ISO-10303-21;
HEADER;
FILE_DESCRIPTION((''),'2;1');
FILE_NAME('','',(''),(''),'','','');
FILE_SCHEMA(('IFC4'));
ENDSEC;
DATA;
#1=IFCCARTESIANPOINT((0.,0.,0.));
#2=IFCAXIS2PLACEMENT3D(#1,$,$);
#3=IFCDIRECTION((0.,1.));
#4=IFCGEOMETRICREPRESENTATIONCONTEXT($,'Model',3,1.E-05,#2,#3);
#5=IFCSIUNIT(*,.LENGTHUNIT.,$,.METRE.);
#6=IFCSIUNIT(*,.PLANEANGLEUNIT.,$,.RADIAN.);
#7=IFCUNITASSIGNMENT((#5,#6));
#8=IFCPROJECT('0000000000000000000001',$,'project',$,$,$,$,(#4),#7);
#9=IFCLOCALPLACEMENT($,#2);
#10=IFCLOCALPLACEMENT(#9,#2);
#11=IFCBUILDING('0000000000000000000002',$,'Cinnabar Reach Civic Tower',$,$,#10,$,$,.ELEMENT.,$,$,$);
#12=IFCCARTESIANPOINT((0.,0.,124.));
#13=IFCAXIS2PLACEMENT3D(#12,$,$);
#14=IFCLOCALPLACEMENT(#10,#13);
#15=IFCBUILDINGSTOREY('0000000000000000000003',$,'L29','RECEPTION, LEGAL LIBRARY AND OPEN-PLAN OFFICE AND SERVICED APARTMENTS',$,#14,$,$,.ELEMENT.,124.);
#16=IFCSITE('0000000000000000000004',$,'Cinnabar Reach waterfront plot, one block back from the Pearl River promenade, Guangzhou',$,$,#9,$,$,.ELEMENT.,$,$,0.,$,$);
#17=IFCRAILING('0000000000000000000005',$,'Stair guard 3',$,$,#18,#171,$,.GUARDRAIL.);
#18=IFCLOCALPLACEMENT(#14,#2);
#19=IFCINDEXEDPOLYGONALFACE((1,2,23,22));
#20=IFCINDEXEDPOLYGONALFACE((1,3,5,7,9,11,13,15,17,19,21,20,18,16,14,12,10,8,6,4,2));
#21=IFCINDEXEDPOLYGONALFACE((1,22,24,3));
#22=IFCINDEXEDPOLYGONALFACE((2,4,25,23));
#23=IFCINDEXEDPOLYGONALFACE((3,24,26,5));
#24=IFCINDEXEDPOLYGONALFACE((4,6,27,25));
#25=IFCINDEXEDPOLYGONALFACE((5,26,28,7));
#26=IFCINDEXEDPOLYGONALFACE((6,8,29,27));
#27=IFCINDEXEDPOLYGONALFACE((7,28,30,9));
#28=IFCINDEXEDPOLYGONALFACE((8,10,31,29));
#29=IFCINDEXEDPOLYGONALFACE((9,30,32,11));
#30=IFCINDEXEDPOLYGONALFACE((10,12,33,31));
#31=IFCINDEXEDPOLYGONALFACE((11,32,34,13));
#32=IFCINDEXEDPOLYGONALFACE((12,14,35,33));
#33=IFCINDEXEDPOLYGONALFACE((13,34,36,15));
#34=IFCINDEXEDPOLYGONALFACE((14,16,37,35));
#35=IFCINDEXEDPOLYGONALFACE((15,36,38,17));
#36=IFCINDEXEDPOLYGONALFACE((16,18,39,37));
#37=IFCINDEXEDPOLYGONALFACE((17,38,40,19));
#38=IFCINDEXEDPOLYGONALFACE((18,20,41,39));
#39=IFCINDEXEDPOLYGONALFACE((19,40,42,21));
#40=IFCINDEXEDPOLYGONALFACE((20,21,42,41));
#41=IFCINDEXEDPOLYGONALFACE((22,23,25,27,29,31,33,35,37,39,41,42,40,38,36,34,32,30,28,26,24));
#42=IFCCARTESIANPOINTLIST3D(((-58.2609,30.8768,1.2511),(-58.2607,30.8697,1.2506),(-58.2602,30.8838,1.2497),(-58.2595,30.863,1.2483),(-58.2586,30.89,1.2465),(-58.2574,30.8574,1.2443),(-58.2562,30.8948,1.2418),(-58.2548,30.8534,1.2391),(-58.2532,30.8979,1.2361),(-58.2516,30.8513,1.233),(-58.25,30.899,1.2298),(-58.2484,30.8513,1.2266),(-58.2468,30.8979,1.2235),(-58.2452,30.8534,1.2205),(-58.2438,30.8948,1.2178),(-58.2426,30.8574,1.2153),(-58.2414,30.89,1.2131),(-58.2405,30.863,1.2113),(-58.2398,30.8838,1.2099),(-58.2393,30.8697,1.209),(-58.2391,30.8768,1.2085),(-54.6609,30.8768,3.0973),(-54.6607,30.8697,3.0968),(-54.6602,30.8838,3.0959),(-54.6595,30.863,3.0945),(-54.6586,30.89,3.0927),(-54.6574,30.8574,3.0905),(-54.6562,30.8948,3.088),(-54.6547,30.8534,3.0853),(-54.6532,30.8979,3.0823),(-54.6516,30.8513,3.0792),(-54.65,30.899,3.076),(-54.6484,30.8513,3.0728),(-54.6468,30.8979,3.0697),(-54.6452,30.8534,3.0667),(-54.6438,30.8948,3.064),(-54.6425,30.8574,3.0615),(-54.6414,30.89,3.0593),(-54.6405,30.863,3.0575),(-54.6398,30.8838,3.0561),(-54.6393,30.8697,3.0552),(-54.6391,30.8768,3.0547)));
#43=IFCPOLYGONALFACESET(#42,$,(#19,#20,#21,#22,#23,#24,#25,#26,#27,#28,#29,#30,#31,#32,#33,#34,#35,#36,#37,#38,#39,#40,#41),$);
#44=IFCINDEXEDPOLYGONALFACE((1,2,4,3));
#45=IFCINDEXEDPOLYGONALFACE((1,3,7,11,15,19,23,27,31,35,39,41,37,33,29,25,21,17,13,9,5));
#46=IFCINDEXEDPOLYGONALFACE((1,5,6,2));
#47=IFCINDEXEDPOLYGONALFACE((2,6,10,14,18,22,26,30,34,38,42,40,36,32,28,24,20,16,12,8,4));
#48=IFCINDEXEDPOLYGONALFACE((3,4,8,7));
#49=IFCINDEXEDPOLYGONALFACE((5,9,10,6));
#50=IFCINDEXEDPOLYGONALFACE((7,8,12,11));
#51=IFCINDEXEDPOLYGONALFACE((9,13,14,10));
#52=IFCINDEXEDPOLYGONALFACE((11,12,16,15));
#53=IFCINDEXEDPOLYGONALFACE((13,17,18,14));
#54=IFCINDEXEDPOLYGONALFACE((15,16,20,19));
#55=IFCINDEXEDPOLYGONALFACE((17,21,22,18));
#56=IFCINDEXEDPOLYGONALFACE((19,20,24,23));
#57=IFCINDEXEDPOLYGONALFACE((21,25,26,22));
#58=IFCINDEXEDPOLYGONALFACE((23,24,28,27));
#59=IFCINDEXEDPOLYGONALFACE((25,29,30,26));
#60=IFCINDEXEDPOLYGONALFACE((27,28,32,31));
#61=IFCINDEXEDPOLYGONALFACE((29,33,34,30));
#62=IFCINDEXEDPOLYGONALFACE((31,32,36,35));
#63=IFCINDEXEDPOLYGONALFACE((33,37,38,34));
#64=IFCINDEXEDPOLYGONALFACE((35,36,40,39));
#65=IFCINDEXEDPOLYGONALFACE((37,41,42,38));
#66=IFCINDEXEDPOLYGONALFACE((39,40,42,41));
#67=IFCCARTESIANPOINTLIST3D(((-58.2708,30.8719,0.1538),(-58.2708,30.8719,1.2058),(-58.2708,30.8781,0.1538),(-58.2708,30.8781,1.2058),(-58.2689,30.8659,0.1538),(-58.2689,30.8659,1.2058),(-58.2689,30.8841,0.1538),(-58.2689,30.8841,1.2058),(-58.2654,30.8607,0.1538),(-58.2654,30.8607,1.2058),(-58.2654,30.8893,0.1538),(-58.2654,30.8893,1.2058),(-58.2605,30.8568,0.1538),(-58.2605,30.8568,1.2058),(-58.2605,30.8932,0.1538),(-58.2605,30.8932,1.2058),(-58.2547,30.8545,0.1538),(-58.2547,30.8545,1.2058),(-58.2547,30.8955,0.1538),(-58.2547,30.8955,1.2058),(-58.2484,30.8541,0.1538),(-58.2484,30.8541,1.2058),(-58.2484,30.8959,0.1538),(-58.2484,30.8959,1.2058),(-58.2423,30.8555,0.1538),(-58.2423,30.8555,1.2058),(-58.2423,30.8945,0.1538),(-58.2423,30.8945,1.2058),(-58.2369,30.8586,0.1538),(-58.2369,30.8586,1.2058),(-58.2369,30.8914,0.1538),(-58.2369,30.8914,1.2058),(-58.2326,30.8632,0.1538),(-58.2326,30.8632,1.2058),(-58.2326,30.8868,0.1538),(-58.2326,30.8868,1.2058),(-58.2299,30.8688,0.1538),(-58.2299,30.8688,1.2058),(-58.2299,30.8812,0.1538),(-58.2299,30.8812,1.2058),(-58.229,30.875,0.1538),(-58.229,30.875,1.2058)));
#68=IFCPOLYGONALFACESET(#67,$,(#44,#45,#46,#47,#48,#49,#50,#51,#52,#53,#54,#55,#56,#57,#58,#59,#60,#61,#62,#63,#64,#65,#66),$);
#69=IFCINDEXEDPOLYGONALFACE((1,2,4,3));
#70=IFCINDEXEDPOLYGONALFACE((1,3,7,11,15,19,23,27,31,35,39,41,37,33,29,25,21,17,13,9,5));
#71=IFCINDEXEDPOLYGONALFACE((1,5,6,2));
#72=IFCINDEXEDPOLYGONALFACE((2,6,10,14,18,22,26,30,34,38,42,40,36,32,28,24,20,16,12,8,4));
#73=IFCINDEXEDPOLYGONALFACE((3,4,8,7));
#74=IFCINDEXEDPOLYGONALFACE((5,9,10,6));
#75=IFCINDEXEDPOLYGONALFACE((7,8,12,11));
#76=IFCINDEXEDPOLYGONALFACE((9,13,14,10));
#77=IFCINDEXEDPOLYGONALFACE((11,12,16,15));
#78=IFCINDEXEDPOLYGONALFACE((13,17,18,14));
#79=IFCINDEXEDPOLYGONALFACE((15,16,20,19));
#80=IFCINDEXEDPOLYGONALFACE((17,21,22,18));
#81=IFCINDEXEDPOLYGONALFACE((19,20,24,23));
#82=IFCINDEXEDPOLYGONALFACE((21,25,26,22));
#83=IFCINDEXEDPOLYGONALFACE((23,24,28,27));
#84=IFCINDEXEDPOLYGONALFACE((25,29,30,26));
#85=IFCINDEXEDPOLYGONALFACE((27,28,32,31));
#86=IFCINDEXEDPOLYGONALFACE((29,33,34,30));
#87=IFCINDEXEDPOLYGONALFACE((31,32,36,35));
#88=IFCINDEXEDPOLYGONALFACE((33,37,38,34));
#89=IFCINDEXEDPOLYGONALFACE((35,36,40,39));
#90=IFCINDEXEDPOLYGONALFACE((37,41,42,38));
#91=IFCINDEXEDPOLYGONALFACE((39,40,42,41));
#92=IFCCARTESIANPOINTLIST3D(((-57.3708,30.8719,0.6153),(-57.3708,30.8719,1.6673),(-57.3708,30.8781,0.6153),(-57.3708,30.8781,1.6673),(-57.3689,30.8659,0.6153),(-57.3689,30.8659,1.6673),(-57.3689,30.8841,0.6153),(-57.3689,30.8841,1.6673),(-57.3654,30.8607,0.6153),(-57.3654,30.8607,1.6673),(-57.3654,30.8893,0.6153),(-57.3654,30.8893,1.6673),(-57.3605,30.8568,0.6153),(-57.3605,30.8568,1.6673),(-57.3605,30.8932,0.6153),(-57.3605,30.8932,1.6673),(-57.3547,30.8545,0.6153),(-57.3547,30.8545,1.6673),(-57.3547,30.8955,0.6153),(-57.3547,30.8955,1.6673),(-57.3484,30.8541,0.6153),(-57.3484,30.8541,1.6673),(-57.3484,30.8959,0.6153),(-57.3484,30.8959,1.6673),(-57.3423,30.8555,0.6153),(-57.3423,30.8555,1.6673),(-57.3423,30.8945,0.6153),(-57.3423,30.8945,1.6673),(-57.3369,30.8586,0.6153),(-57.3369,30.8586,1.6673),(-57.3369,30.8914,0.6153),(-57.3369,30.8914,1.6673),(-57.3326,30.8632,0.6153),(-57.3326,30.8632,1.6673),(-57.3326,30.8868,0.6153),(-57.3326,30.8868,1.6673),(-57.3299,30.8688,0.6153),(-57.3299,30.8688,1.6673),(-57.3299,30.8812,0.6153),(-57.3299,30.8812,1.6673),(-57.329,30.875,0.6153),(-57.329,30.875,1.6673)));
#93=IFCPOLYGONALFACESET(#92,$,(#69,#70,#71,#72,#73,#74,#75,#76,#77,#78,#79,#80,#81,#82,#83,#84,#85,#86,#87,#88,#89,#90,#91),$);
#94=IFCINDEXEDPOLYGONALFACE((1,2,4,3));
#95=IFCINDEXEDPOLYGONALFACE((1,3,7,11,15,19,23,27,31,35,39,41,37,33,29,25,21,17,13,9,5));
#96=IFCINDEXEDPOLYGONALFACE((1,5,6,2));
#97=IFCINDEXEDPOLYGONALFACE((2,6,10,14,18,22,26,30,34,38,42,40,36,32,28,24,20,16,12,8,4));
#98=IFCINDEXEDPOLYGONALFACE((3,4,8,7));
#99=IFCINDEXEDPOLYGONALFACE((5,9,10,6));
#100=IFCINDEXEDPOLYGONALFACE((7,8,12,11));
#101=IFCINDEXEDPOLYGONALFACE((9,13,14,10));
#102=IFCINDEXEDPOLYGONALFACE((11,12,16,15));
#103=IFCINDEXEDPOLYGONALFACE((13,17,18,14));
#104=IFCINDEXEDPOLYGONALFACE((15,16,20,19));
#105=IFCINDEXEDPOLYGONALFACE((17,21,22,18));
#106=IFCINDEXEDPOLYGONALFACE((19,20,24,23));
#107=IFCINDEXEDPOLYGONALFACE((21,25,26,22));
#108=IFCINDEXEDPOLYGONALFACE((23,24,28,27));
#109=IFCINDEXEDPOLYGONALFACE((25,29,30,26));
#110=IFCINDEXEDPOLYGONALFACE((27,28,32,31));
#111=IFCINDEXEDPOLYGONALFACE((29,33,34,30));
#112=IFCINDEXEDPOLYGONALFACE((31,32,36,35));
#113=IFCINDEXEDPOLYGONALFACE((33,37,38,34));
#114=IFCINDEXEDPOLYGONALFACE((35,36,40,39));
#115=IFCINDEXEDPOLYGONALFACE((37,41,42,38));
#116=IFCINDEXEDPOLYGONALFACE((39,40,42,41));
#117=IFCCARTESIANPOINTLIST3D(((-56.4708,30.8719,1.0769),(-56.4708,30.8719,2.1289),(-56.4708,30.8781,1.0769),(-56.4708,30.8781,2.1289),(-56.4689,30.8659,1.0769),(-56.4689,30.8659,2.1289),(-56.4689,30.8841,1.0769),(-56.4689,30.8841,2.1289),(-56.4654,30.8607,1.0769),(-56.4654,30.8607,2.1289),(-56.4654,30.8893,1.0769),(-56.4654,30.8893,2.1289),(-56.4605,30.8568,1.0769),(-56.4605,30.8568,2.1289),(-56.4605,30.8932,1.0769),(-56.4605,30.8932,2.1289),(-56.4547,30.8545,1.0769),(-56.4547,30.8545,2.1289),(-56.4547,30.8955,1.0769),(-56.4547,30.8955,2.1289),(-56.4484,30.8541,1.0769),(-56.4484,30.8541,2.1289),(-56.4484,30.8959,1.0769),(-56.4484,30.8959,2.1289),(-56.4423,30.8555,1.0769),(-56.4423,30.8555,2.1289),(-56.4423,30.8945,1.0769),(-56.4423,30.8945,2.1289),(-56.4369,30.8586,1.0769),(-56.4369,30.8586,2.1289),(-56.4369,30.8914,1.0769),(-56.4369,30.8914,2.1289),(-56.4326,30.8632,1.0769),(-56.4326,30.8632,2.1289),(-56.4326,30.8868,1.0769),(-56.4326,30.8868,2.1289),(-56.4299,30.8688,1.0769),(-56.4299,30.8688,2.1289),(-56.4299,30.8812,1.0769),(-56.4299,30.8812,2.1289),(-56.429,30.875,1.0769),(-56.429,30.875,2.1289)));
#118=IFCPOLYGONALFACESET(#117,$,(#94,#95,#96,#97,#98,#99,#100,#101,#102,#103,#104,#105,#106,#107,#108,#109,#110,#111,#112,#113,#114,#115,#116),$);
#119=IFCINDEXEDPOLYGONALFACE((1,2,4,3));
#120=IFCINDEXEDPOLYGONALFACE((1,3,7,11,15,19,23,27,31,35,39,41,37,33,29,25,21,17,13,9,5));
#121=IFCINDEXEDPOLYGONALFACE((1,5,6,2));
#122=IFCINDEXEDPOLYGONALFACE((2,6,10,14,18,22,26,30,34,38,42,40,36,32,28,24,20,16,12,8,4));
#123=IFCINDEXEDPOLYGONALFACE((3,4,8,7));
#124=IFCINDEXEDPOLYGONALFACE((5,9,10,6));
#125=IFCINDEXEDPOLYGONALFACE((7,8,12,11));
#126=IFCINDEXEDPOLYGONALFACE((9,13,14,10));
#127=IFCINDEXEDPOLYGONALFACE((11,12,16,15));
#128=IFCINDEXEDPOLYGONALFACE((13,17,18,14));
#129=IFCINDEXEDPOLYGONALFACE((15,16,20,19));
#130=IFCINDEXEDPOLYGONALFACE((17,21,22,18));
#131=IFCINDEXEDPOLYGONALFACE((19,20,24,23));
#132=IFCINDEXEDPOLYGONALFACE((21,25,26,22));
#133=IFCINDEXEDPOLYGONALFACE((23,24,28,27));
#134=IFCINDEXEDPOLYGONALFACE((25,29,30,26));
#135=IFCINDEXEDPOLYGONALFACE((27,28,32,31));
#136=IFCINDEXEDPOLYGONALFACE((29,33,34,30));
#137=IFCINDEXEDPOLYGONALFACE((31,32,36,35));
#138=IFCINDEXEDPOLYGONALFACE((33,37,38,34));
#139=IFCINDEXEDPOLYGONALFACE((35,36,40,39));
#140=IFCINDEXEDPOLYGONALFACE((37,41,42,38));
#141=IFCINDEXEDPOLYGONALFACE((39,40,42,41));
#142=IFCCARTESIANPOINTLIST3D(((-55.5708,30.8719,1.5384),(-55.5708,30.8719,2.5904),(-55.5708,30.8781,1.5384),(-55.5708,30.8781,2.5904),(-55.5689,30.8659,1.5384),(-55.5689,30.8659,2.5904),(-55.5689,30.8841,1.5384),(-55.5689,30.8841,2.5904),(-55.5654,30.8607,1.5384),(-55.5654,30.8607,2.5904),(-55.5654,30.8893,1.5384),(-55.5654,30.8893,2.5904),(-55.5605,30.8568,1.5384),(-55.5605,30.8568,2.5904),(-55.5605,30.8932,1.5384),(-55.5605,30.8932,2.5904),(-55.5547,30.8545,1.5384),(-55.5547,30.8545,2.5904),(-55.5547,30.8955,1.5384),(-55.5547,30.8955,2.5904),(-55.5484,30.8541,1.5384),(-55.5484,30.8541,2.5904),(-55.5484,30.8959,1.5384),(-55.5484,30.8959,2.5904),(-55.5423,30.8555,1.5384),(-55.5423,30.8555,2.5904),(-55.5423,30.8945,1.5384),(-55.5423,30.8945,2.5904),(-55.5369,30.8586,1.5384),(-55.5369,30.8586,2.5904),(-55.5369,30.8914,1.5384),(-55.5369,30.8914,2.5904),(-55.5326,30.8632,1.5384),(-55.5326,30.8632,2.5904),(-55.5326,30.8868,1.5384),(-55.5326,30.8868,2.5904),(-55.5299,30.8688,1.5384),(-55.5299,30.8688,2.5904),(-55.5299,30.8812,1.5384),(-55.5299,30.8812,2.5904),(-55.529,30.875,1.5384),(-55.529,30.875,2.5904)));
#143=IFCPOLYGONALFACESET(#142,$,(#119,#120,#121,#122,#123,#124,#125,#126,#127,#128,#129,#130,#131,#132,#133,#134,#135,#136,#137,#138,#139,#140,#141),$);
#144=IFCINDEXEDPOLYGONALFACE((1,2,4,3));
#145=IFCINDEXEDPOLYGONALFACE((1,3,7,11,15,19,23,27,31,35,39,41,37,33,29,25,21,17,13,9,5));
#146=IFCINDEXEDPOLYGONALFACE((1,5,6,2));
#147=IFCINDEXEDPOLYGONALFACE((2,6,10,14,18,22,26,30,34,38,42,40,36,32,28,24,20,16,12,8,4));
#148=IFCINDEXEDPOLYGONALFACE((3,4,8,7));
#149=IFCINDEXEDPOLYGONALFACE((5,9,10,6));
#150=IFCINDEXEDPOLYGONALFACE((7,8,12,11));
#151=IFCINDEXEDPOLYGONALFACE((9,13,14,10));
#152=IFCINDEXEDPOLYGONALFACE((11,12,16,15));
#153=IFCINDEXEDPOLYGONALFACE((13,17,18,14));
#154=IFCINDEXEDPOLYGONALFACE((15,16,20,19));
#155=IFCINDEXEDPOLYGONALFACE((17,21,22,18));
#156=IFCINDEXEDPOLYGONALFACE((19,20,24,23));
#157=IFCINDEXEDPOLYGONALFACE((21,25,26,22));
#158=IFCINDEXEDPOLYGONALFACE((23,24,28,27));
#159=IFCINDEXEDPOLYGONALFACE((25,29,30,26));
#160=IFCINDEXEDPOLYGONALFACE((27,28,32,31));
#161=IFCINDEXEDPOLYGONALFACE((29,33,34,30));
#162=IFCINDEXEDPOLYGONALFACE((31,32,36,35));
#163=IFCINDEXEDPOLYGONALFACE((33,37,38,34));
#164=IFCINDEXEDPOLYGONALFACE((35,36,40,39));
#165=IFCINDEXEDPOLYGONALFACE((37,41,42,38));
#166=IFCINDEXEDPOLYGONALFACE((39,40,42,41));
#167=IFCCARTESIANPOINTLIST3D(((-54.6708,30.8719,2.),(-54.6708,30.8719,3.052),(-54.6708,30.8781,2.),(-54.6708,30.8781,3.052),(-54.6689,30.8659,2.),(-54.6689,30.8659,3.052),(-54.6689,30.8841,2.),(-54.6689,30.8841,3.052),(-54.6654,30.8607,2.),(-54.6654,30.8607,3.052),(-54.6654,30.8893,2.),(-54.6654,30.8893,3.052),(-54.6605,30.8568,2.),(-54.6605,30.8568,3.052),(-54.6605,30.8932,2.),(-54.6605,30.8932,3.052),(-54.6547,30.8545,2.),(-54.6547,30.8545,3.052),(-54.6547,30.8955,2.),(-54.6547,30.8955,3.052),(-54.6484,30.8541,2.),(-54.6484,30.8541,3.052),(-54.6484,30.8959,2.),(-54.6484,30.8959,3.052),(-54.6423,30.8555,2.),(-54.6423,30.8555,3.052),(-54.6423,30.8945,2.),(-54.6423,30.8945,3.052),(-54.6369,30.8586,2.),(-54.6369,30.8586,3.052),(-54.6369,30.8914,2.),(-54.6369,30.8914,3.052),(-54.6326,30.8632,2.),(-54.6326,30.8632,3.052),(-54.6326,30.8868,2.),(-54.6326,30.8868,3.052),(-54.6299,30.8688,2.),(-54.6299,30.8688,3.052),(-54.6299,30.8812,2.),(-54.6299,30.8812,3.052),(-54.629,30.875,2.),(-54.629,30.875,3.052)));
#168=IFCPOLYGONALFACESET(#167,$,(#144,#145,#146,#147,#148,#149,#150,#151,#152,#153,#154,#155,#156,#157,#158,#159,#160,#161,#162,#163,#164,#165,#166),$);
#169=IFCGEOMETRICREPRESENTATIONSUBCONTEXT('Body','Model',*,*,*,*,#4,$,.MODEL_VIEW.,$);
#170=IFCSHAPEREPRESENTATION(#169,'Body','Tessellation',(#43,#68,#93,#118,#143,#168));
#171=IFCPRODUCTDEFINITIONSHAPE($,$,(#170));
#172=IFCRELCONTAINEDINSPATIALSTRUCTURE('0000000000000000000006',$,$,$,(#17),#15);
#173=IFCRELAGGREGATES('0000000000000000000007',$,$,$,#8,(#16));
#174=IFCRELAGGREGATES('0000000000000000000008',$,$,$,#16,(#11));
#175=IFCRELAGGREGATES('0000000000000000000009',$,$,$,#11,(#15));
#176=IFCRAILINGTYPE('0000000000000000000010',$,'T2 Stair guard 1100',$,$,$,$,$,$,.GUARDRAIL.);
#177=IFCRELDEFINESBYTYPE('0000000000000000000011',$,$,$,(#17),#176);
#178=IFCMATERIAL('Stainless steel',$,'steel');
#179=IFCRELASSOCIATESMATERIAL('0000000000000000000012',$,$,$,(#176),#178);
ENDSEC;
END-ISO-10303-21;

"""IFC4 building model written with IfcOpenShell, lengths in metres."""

from ifc_helpers import new_model, si_unit, direction, frame, origin, origin_2d, place, context, subcontext, project, spatial, circle, extrude, material, type_object, element, save


model = new_model("IFC4")

# Units and contexts
model_context = context("Model", 3, precision=1e-05, world=origin(), true_north=direction((0.0, 1.0)))
body_context = subcontext(model_context, "Body", "Model", "MODEL_VIEW")
ifc_project = project(units=[si_unit("LENGTHUNIT", "METRE"), si_unit("PLANEANGLEUNIT", "RADIAN")], contexts=[model_context])

# Site, building, storey
site_placement = place(None, origin())
site = spatial("IfcSite", under=ifc_project, at=site_placement, Name="Cinnabar Reach waterfront plot, one block back from the Pearl River promenade, Guangzhou", CompositionType="ELEMENT", RefElevation=0.0)
building_placement = place(site_placement, origin())
building = spatial("IfcBuilding", under=site, at=building_placement, Name="Cinnabar Reach Civic Tower", CompositionType="ELEMENT")
storey_placement = place(building_placement, frame((0.0, 0.0, 124.0)))
storey = spatial("IfcBuildingStorey", under=building, at=storey_placement, Name="L29", Description="RECEPTION, LEGAL LIBRARY AND OPEN-PLAN OFFICE AND SERVICED APARTMENTS", CompositionType="ELEMENT", Elevation=124.0)

# Railing
ifc_material_1 = material(Name="Stainless steel", Category="steel")
railing_type = type_object("IfcRailingType", Name="T2 Stair guard 1100", PredefinedType="GUARDRAIL", material=ifc_material_1)
railing_placement = place(storey_placement, frame((-58.25, 30.875, 0.1538)))
element("IfcRailing", 1, at=railing_placement, inside=storey, type_object=railing_type, Name="Stair guard 3", PredefinedType="GUARDRAIL", context=body_context, shape_type="SweptSolid", body=[
    extrude(circle(Radius=0.024, at=origin_2d()), frame((0.0, 0.0, 1.076), z_axis=(0.889813, 0.0, 0.456326), x_axis=(0.0, 1.0, 0.0)), (0.0, 0.0, 1.0), 4.0458),
    extrude(circle(Radius=0.021, at=origin_2d()), origin(), (0.0, 0.0, 1.0), 1.052),
    extrude(circle(Radius=0.021, at=origin_2d()), frame((0.9, 0.0, 0.4615)), (0.0, 0.0, 1.0), 1.052),
    extrude(circle(Radius=0.021, at=origin_2d()), frame((1.8, 0.0, 0.9231)), (0.0, 0.0, 1.0), 1.052),
    extrude(circle(Radius=0.021, at=origin_2d()), frame((2.7, 0.0, 1.3846)), (0.0, 0.0, 1.0), 1.052),
    extrude(circle(Radius=0.021, at=origin_2d()), frame((3.6, 0.0, 1.8462)), (0.0, 0.0, 1.0), 1.052),
])

save(model, "model.ifc")
